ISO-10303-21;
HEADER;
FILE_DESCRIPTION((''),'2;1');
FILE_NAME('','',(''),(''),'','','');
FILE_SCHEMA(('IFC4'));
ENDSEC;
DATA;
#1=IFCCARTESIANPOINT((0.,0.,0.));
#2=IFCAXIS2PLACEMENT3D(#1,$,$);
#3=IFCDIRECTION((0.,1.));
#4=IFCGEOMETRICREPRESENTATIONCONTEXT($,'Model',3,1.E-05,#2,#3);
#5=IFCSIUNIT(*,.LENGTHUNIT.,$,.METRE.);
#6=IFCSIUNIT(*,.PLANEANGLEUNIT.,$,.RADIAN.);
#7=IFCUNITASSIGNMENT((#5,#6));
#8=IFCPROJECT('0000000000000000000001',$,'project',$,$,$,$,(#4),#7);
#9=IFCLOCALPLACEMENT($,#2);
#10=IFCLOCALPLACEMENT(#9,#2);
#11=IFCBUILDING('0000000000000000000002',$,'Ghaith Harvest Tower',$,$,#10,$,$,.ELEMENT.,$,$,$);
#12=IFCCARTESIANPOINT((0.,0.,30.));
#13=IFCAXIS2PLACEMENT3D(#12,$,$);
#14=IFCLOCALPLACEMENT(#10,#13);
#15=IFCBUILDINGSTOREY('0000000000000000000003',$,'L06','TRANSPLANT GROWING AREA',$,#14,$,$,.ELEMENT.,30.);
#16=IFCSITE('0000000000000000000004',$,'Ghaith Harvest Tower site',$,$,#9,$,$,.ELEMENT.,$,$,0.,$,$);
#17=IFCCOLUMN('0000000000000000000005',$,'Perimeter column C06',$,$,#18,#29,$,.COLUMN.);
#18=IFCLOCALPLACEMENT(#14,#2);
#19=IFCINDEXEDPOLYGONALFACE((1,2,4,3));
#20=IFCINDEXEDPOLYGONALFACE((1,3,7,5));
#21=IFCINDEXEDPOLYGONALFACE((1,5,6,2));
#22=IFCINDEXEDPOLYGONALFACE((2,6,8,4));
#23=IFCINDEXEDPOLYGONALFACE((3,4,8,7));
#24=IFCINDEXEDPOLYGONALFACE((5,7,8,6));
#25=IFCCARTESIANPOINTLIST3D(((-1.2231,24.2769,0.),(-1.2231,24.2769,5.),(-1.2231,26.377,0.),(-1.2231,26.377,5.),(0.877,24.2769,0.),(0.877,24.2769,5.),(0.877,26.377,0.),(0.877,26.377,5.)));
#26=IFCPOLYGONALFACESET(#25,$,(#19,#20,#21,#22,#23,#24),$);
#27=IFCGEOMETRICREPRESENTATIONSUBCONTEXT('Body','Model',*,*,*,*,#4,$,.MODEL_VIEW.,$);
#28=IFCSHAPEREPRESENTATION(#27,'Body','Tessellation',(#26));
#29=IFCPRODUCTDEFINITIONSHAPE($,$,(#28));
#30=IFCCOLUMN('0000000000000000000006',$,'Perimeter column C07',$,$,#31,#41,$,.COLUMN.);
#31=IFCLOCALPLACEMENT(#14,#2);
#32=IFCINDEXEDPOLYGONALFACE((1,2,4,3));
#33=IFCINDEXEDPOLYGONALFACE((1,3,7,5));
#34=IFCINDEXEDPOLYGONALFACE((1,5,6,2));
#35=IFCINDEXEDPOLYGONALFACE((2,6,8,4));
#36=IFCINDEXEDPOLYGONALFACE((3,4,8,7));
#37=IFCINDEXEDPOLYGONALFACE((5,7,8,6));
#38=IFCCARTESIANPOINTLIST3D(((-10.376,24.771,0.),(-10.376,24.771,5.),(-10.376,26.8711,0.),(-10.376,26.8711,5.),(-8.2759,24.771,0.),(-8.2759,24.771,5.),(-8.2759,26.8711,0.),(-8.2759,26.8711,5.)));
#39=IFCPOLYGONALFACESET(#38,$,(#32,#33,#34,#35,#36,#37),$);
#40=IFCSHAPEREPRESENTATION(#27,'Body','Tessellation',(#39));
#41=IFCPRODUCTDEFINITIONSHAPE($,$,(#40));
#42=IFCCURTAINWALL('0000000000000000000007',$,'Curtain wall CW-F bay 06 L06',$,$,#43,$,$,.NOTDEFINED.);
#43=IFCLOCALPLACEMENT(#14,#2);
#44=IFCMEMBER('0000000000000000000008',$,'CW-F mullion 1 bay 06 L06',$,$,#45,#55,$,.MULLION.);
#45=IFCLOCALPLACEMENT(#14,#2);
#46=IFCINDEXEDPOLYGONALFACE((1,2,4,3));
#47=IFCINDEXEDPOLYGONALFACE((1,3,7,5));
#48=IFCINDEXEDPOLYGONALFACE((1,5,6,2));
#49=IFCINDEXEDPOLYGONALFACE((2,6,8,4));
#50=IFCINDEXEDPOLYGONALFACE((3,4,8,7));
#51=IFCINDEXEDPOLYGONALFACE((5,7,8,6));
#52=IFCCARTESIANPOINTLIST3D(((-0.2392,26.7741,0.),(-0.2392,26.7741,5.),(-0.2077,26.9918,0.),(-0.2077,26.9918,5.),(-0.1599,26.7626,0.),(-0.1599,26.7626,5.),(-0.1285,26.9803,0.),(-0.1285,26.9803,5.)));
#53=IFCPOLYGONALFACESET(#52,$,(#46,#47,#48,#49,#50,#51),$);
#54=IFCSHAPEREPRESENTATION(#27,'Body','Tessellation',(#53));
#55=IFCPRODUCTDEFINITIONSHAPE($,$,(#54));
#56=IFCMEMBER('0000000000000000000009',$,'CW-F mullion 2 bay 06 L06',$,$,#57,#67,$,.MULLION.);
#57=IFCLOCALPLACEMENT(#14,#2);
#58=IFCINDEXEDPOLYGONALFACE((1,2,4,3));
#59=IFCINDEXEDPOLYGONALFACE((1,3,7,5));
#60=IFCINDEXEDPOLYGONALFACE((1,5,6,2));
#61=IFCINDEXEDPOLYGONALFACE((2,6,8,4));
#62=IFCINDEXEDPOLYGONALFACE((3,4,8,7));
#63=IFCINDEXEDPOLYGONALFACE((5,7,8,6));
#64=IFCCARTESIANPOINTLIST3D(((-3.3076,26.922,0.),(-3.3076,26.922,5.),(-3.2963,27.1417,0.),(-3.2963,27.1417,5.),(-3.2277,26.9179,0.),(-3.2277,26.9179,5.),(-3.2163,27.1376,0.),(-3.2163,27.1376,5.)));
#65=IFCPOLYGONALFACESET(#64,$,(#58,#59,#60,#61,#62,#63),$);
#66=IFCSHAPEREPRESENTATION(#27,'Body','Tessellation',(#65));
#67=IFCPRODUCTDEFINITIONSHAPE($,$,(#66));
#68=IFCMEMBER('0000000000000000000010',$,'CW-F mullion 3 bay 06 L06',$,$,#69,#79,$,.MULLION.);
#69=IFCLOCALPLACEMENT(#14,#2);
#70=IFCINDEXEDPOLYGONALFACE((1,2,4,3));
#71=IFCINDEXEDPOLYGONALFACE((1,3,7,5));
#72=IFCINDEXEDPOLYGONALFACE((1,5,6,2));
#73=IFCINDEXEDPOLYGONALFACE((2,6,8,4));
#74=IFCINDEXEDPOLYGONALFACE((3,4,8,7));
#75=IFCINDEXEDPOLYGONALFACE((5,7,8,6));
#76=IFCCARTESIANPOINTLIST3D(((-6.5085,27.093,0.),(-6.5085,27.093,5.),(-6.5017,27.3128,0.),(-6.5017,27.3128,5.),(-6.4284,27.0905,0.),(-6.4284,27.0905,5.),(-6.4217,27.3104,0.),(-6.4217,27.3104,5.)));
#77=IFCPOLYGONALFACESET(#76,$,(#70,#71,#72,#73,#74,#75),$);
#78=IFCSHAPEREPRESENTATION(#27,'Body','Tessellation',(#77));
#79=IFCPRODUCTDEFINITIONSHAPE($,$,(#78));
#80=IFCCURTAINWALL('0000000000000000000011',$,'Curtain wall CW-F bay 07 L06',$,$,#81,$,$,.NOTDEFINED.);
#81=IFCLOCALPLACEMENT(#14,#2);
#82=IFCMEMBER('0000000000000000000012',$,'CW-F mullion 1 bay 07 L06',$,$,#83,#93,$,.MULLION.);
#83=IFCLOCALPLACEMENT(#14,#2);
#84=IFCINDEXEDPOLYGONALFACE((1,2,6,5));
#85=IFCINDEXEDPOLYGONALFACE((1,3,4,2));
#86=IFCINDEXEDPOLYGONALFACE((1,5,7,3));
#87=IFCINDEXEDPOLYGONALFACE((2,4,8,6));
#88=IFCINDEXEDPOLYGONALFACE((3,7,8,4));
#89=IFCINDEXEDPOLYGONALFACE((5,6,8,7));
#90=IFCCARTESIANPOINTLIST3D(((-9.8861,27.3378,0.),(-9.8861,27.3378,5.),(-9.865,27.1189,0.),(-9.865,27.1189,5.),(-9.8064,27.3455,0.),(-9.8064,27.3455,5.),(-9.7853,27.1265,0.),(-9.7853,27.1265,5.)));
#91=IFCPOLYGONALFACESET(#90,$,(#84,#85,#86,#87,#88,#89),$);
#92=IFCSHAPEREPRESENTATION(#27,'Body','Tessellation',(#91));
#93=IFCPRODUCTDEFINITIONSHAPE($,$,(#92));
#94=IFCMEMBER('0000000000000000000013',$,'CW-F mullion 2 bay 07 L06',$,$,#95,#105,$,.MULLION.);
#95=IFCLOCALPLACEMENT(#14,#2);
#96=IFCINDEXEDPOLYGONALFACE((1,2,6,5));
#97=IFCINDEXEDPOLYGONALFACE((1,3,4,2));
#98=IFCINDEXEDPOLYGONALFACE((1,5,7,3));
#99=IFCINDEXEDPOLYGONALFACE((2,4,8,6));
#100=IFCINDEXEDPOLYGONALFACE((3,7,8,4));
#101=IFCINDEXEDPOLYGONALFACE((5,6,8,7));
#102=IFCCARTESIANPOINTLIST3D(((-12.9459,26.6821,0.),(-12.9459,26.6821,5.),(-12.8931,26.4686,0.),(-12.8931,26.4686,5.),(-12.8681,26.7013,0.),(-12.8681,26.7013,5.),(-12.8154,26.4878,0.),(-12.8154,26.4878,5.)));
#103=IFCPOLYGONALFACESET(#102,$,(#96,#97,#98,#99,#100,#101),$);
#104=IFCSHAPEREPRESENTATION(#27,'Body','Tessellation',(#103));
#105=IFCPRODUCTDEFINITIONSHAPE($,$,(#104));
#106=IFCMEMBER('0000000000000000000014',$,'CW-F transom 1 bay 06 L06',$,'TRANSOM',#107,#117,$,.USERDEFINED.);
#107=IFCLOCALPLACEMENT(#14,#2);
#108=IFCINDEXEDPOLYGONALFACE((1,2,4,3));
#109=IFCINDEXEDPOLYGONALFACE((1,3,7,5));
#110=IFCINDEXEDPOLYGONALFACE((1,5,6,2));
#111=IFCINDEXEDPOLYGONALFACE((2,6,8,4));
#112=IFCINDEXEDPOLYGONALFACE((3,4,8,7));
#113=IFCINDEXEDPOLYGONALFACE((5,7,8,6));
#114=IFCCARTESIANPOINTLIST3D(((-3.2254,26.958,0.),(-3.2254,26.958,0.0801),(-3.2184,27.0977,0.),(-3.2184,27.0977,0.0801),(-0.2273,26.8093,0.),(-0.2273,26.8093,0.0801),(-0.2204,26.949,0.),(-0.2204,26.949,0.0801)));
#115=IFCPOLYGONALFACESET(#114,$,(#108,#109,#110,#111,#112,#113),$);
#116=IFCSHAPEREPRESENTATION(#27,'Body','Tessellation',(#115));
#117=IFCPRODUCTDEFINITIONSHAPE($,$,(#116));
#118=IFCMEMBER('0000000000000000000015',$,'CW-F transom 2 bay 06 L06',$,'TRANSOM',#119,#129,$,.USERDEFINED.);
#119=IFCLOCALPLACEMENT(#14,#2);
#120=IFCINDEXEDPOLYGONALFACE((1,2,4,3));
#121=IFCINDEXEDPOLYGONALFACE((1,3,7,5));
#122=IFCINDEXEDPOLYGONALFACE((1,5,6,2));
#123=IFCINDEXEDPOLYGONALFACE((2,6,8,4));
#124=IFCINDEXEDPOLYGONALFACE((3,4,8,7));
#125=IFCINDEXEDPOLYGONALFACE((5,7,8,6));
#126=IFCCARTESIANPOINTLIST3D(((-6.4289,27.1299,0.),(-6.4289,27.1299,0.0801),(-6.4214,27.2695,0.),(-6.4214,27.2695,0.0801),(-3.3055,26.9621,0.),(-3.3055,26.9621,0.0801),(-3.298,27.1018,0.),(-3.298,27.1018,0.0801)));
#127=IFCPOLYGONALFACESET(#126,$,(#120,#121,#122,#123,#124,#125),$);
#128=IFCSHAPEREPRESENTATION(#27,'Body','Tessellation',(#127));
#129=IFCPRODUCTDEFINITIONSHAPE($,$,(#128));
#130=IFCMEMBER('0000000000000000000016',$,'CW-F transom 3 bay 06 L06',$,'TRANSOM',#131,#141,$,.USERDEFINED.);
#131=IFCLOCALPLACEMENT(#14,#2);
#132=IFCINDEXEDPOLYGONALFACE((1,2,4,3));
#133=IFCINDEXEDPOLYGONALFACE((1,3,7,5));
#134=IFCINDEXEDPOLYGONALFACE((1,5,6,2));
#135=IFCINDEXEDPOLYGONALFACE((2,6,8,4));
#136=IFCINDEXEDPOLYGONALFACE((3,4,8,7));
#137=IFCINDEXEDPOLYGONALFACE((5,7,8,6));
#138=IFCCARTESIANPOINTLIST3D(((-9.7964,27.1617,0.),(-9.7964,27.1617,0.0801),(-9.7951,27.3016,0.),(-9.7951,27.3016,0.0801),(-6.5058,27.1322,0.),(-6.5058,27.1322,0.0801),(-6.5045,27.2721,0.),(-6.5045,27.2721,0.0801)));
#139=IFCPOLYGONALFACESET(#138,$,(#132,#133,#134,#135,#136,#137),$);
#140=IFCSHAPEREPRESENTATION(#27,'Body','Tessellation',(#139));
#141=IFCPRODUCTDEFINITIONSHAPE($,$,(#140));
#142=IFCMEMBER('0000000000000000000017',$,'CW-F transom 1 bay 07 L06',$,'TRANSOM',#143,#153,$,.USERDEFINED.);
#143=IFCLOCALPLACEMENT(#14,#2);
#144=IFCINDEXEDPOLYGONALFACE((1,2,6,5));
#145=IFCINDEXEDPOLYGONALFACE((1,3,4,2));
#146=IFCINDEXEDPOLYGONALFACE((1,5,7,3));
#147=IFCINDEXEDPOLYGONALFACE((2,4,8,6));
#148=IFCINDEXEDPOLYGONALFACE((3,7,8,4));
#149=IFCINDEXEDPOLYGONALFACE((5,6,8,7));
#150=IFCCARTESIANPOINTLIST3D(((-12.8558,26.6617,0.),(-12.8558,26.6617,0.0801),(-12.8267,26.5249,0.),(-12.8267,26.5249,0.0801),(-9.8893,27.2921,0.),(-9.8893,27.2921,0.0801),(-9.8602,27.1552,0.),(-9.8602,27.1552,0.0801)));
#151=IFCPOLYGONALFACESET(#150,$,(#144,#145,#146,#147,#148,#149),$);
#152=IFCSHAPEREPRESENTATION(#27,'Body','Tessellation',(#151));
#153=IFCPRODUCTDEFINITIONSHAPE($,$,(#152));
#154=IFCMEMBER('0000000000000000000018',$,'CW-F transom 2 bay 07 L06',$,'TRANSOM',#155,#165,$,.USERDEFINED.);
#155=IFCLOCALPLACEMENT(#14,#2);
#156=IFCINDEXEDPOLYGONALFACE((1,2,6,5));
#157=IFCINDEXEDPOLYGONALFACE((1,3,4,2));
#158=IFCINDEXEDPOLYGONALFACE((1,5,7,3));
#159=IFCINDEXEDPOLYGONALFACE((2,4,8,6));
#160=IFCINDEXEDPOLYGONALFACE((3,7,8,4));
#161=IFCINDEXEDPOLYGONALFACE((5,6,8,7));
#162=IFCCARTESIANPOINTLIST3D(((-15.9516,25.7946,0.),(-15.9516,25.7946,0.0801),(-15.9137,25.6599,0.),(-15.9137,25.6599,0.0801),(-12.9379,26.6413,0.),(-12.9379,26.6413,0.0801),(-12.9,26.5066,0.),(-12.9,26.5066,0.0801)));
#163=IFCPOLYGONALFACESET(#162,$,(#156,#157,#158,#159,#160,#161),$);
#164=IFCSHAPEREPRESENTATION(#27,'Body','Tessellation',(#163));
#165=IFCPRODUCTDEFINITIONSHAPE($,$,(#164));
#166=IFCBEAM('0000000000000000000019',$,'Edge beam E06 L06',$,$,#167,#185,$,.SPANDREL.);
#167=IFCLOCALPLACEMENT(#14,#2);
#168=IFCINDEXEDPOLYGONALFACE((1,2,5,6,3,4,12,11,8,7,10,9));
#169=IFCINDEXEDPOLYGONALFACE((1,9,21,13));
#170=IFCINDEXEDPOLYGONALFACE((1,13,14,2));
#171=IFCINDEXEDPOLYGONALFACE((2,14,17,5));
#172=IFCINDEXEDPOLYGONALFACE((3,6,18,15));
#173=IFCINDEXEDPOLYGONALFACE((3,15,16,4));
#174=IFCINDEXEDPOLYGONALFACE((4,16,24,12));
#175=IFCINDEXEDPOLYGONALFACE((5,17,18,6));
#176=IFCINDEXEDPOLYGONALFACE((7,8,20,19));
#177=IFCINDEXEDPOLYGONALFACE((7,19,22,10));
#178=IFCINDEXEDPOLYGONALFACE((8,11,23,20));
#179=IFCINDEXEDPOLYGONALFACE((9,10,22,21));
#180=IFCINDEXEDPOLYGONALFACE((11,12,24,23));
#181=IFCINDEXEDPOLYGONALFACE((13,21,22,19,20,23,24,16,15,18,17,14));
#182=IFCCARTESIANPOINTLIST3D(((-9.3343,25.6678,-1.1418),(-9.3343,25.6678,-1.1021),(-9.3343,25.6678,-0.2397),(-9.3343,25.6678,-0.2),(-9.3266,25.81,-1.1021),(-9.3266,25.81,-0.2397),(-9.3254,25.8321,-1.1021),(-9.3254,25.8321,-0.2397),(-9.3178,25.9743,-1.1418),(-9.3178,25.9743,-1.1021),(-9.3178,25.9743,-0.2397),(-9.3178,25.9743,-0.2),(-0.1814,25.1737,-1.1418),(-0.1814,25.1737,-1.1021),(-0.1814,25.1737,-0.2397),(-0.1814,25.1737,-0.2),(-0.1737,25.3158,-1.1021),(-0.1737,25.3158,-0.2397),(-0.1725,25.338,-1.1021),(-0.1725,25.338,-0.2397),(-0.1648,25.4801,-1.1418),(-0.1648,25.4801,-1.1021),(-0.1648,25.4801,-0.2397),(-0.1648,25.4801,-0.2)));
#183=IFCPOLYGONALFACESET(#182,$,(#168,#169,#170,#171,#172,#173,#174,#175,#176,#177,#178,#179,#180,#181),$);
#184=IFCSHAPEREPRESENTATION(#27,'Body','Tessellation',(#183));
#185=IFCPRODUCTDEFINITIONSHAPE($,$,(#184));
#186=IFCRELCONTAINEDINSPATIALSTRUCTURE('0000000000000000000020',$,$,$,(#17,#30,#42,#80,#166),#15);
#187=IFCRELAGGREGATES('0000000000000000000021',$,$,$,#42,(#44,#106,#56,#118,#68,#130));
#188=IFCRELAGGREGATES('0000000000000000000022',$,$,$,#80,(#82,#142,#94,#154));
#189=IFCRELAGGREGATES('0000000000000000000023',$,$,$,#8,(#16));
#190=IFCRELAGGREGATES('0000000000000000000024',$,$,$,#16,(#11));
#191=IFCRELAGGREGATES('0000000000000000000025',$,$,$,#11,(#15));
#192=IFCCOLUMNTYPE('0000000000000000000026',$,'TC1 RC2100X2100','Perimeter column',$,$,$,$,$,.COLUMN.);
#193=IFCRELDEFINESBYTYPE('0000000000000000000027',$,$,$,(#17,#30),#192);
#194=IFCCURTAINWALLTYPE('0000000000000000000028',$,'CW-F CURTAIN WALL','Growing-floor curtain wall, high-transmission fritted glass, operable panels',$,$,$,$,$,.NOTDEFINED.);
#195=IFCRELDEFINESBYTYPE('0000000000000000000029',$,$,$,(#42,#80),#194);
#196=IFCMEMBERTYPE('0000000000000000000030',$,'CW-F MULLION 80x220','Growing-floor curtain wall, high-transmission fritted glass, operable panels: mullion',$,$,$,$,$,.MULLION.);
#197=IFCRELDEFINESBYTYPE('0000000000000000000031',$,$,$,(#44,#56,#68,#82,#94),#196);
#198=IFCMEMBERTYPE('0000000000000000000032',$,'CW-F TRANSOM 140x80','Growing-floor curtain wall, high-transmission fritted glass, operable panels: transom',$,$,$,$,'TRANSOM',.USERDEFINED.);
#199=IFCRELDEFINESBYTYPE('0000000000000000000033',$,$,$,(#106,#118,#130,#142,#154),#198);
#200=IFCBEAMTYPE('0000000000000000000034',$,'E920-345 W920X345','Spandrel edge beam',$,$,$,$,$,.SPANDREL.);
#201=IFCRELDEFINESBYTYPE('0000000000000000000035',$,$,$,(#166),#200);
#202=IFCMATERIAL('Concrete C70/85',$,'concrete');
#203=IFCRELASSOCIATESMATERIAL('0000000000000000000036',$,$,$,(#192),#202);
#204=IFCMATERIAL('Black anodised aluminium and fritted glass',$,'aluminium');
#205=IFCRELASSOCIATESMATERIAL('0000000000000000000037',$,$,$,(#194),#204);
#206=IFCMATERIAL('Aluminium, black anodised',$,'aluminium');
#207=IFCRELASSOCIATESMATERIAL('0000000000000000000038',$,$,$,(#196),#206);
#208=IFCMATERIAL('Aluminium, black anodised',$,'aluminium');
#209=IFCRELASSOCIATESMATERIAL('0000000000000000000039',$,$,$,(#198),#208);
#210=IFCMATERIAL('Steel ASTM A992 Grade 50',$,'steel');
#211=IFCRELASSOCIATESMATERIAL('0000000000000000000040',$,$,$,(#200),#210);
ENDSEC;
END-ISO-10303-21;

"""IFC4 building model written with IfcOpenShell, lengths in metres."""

from ifc_helpers import new_model, si_unit, direction, frame, origin, origin_2d, place, context, subcontext, project, spatial, rectangle, i_section, extrude, material, material_profile, profile_set, type_object, element, aggregate, save


model = new_model("IFC4")

# Units and contexts
model_context = context("Model", 3, precision=1e-05, world=origin(), true_north=direction((0.0, 1.0)))
body_context = subcontext(model_context, "Body", "Model", "MODEL_VIEW")
ifc_project = project(units=[si_unit("LENGTHUNIT", "METRE"), si_unit("PLANEANGLEUNIT", "RADIAN")], contexts=[model_context])

# Site, building, storey
site_placement = place(None, origin())
site = spatial("IfcSite", under=ifc_project, at=site_placement, Name="Ghaith Harvest Tower site", CompositionType="ELEMENT", RefElevation=0.0)
building_placement = place(site_placement, origin())
building = spatial("IfcBuilding", under=site, at=building_placement, Name="Ghaith Harvest Tower", CompositionType="ELEMENT")
storey_placement = place(building_placement, frame((0.0, 0.0, 30.0)))
storey = spatial("IfcBuildingStorey", under=building, at=storey_placement, Name="L06", Description="TRANSPLANT GROWING AREA", CompositionType="ELEMENT", Elevation=30.0)

# Columns
ifc_material_1 = material(Name="Concrete C70/85", Category="concrete")
ifc_material_profile_1 = material_profile(ifc_material_1, rectangle(XDim=2.1001, YDim=2.1001, at=origin_2d()), Name="RC2100X2100")
ifc_profile_set_1 = profile_set([ifc_material_profile_1], Name="Concrete C70/85")
column_type = type_object("IfcColumnType", Name="TC1 RC2100X2100", Description="Perimeter column", PredefinedType="COLUMN", material=ifc_profile_set_1)
for number, where, z_axis, x_axis, name in (
    (1, (-0.1731, 25.3269, 0.0), (0.0, 0.0, 1.0), (1.0, 0.0, 0.0), "Perimeter column C06"),
    (2, (-9.3259, 25.821, 0.0), (0.0, 0.0, 1.0), (1.0, 0.0, 0.0), "Perimeter column C07"),
):
    element("IfcColumn", number, at=place(storey_placement, frame(where, z_axis=z_axis, x_axis=x_axis)), inside=storey, type_object=column_type, Name=name, PredefinedType="COLUMN", context=body_context, shape_type="SweptSolid", body=[
        extrude(rectangle(XDim=2.1001, YDim=2.1001, at=origin_2d()), origin(), (0.0, 0.0, 1.0), 5.0),
    ])

# Curtain walls, members
ifc_material_2 = material(Name="Black anodised aluminium and fritted glass", Category="aluminium")
curtain_wall_type = type_object("IfcCurtainWallType", Name="CW-F CURTAIN WALL", Description="Growing-floor curtain wall, high-transmission fritted glass, operable panels", PredefinedType="NOTDEFINED", material=ifc_material_2)
curtain_wall_1_placement = place(storey_placement, origin())
curtain_wall_1 = element("IfcCurtainWall", 3, at=curtain_wall_1_placement, inside=storey, type_object=curtain_wall_type, Name="Curtain wall CW-F bay 06 L06", PredefinedType="NOTDEFINED")
ifc_material_3 = material(Name="Aluminium, black anodised", Category="aluminium")
ifc_material_profile_2 = material_profile(ifc_material_3, rectangle(XDim=0.0801, YDim=0.22, at=origin_2d()), Name="CW-F MULLION 80x220")
ifc_profile_set_2 = profile_set([ifc_material_profile_2], Name="Aluminium, black anodised")
member_type_1 = type_object("IfcMemberType", Name="CW-F MULLION 80x220", Description="Growing-floor curtain wall, high-transmission fritted glass, operable panels: mullion", PredefinedType="MULLION", material=ifc_profile_set_2)
member_1_placement = place(storey_placement, frame((-0.1838, 26.8772, 0.0), z_axis=(0.0, 0.0, 1.0), x_axis=(-0.989712, 0.143075, 0.0)))
member_1 = element("IfcMember", 4, at=member_1_placement, type_object=member_type_1, Name="CW-F mullion 1 bay 06 L06", PredefinedType="MULLION", context=body_context, shape_type="SweptSolid", body=[
    extrude(rectangle(XDim=0.0801, YDim=0.22, at=origin_2d()), origin(), (0.0, 0.0, 1.0), 5.0),
])
member_2_placement = place(storey_placement, frame((-3.262, 27.0298, 0.0), z_axis=(0.0, 0.0, 1.0), x_axis=(-0.998667, 0.051618, 0.0)))
member_2 = element("IfcMember", 5, at=member_2_placement, type_object=member_type_1, Name="CW-F mullion 2 bay 06 L06", PredefinedType="MULLION", context=body_context, shape_type="SweptSolid", body=[
    extrude(rectangle(XDim=0.0801, YDim=0.22, at=origin_2d()), origin(), (0.0, 0.0, 1.0), 5.0),
])
member_3_placement = place(storey_placement, frame((-6.4651, 27.2017, 0.0), z_axis=(0.0, 0.0, 1.0), x_axis=(-0.999527, 0.03075, 0.0)))
member_3 = element("IfcMember", 6, at=member_3_placement, type_object=member_type_1, Name="CW-F mullion 3 bay 06 L06", PredefinedType="MULLION", context=body_context, shape_type="SweptSolid", body=[
    extrude(rectangle(XDim=0.0801, YDim=0.22, at=origin_2d()), origin(), (0.0, 0.0, 1.0), 5.0),
])
curtain_wall_2_placement = place(storey_placement, origin())
curtain_wall_2 = element("IfcCurtainWall", 7, at=curtain_wall_2_placement, inside=storey, type_object=curtain_wall_type, Name="Curtain wall CW-F bay 07 L06", PredefinedType="NOTDEFINED")
member_4_placement = place(storey_placement, frame((-9.8357, 27.2322, 0.0), z_axis=(0.0, 0.0, 1.0), x_axis=(-0.995408, -0.095718, 0.0)))
member_4 = element("IfcMember", 8, at=member_4_placement, type_object=member_type_1, Name="CW-F mullion 1 bay 07 L06", PredefinedType="MULLION", context=body_context, shape_type="SweptSolid", body=[
    extrude(rectangle(XDim=0.0801, YDim=0.22, at=origin_2d()), origin(), (0.0, 0.0, 1.0), 5.0),
])
member_5_placement = place(storey_placement, frame((-12.8806, 26.585, 0.0), z_axis=(0.0, 0.0, 1.0), x_axis=(-0.970825, -0.239791, 0.0)))
member_5 = element("IfcMember", 9, at=member_5_placement, type_object=member_type_1, Name="CW-F mullion 2 bay 07 L06", PredefinedType="MULLION", context=body_context, shape_type="SweptSolid", body=[
    extrude(rectangle(XDim=0.0801, YDim=0.22, at=origin_2d()), origin(), (0.0, 0.0, 1.0), 5.0),
])

# Members
ifc_material_4 = material(Name="Aluminium, black anodised", Category="aluminium")
ifc_material_profile_3 = material_profile(ifc_material_4, rectangle(XDim=0.1399, YDim=0.0801, at=origin_2d()), Name="CW-F TRANSOM 140x80")
ifc_profile_set_3 = profile_set([ifc_material_profile_3], Name="Aluminium, black anodised")
member_type_2 = type_object("IfcMemberType", Name="CW-F TRANSOM 140x80", Description="Growing-floor curtain wall, high-transmission fritted glass, operable panels: transom", ElementType="TRANSOM", PredefinedType="USERDEFINED", material=ifc_profile_set_3)
member_6_placement = place(storey_placement, frame((-0.2239, 26.8792, 0.04), z_axis=(-0.998773, 0.049532, 0.0), x_axis=(-0.049532, -0.998773, 0.0)))
member_6 = element("IfcMember", 10, at=member_6_placement, type_object=member_type_2, Name="CW-F transom 1 bay 06 L06", ObjectType="TRANSOM", PredefinedType="USERDEFINED", context=body_context, shape_type="SweptSolid", body=[
    extrude(rectangle(XDim=0.1399, YDim=0.0801, at=origin_2d()), origin(), (0.0, 0.0, 1.0), 3.0017),
])
member_7_placement = place(storey_placement, frame((-3.3018, 27.032, 0.04), z_axis=(-0.998561, 0.05362, 0.0), x_axis=(-0.05362, -0.998561, 0.0)))
member_7 = element("IfcMember", 11, at=member_7_placement, type_object=member_type_2, Name="CW-F transom 2 bay 06 L06", ObjectType="TRANSOM", PredefinedType="USERDEFINED", context=body_context, shape_type="SweptSolid", body=[
    extrude(rectangle(XDim=0.1399, YDim=0.0801, at=origin_2d()), origin(), (0.0, 0.0, 1.0), 3.1279),
])
member_8_placement = place(storey_placement, frame((-6.5051, 27.2021, 0.04), z_axis=(-0.99996, 0.008977, 0.0), x_axis=(-0.008977, -0.99996, 0.0)))
member_8 = element("IfcMember", 12, at=member_8_placement, type_object=member_type_2, Name="CW-F transom 3 bay 06 L06", ObjectType="TRANSOM", PredefinedType="USERDEFINED", context=body_context, shape_type="SweptSolid", body=[
    extrude(rectangle(XDim=0.1399, YDim=0.0801, at=origin_2d()), origin(), (0.0, 0.0, 1.0), 3.2908),
])
member_9_placement = place(storey_placement, frame((-9.8748, 27.2236, 0.04), z_axis=(-0.97816, -0.207852, 0.0), x_axis=(0.207852, -0.97816, 0.0)))
member_9 = element("IfcMember", 13, at=member_9_placement, type_object=member_type_2, Name="CW-F transom 1 bay 07 L06", ObjectType="TRANSOM", PredefinedType="USERDEFINED", context=body_context, shape_type="SweptSolid", body=[
    extrude(rectangle(XDim=0.1399, YDim=0.0801, at=origin_2d()), origin(), (0.0, 0.0, 1.0), 3.0327),
])
member_10_placement = place(storey_placement, frame((-12.9189, 26.574, 0.04), z_axis=(-0.962727, -0.270475, 0.0), x_axis=(0.270475, -0.962727, 0.0)))
member_10 = element("IfcMember", 14, at=member_10_placement, type_object=member_type_2, Name="CW-F transom 2 bay 07 L06", ObjectType="TRANSOM", PredefinedType="USERDEFINED", context=body_context, shape_type="SweptSolid", body=[
    extrude(rectangle(XDim=0.1399, YDim=0.0801, at=origin_2d()), origin(), (0.0, 0.0, 1.0), 3.1304),
])

# Beam
ifc_material_5 = material(Name="Steel ASTM A992 Grade 50", Category="steel")
ifc_material_profile_4 = material_profile(ifc_material_5, i_section(OverallWidth=0.3069, OverallDepth=0.9419, WebThickness=0.0222, FlangeThickness=0.0398, at=origin_2d()), Name="W920X345")
ifc_profile_set_4 = profile_set([ifc_material_profile_4], Name="Steel ASTM A992 Grade 50")
beam_type_1 = type_object("IfcBeamType", Name="E920-345 W920X345", Description="Spandrel edge beam", PredefinedType="SPANDREL", material=ifc_profile_set_4)
beam_1_placement = place(storey_placement, frame((-0.1731, 25.3269, -0.6709), z_axis=(-0.998546, 0.053909, 0.0), x_axis=(-0.053909, -0.998546, 0.0)))
element("IfcBeam", 15, at=beam_1_placement, inside=storey, type_object=beam_type_1, Name="Edge beam E06 L06", PredefinedType="SPANDREL", context=body_context, shape_type="SweptSolid", body=[
    extrude(i_section(OverallWidth=0.3069, OverallDepth=0.9419, WebThickness=0.0222, FlangeThickness=0.0398, at=origin_2d()), origin(), (0.0, 0.0, 1.0), 9.1663),
])

aggregate(curtain_wall_1, [member_1, member_6, member_2, member_7, member_3, member_8])
aggregate(curtain_wall_2, [member_4, member_9, member_5, member_10])

save(model, "model.ifc")
